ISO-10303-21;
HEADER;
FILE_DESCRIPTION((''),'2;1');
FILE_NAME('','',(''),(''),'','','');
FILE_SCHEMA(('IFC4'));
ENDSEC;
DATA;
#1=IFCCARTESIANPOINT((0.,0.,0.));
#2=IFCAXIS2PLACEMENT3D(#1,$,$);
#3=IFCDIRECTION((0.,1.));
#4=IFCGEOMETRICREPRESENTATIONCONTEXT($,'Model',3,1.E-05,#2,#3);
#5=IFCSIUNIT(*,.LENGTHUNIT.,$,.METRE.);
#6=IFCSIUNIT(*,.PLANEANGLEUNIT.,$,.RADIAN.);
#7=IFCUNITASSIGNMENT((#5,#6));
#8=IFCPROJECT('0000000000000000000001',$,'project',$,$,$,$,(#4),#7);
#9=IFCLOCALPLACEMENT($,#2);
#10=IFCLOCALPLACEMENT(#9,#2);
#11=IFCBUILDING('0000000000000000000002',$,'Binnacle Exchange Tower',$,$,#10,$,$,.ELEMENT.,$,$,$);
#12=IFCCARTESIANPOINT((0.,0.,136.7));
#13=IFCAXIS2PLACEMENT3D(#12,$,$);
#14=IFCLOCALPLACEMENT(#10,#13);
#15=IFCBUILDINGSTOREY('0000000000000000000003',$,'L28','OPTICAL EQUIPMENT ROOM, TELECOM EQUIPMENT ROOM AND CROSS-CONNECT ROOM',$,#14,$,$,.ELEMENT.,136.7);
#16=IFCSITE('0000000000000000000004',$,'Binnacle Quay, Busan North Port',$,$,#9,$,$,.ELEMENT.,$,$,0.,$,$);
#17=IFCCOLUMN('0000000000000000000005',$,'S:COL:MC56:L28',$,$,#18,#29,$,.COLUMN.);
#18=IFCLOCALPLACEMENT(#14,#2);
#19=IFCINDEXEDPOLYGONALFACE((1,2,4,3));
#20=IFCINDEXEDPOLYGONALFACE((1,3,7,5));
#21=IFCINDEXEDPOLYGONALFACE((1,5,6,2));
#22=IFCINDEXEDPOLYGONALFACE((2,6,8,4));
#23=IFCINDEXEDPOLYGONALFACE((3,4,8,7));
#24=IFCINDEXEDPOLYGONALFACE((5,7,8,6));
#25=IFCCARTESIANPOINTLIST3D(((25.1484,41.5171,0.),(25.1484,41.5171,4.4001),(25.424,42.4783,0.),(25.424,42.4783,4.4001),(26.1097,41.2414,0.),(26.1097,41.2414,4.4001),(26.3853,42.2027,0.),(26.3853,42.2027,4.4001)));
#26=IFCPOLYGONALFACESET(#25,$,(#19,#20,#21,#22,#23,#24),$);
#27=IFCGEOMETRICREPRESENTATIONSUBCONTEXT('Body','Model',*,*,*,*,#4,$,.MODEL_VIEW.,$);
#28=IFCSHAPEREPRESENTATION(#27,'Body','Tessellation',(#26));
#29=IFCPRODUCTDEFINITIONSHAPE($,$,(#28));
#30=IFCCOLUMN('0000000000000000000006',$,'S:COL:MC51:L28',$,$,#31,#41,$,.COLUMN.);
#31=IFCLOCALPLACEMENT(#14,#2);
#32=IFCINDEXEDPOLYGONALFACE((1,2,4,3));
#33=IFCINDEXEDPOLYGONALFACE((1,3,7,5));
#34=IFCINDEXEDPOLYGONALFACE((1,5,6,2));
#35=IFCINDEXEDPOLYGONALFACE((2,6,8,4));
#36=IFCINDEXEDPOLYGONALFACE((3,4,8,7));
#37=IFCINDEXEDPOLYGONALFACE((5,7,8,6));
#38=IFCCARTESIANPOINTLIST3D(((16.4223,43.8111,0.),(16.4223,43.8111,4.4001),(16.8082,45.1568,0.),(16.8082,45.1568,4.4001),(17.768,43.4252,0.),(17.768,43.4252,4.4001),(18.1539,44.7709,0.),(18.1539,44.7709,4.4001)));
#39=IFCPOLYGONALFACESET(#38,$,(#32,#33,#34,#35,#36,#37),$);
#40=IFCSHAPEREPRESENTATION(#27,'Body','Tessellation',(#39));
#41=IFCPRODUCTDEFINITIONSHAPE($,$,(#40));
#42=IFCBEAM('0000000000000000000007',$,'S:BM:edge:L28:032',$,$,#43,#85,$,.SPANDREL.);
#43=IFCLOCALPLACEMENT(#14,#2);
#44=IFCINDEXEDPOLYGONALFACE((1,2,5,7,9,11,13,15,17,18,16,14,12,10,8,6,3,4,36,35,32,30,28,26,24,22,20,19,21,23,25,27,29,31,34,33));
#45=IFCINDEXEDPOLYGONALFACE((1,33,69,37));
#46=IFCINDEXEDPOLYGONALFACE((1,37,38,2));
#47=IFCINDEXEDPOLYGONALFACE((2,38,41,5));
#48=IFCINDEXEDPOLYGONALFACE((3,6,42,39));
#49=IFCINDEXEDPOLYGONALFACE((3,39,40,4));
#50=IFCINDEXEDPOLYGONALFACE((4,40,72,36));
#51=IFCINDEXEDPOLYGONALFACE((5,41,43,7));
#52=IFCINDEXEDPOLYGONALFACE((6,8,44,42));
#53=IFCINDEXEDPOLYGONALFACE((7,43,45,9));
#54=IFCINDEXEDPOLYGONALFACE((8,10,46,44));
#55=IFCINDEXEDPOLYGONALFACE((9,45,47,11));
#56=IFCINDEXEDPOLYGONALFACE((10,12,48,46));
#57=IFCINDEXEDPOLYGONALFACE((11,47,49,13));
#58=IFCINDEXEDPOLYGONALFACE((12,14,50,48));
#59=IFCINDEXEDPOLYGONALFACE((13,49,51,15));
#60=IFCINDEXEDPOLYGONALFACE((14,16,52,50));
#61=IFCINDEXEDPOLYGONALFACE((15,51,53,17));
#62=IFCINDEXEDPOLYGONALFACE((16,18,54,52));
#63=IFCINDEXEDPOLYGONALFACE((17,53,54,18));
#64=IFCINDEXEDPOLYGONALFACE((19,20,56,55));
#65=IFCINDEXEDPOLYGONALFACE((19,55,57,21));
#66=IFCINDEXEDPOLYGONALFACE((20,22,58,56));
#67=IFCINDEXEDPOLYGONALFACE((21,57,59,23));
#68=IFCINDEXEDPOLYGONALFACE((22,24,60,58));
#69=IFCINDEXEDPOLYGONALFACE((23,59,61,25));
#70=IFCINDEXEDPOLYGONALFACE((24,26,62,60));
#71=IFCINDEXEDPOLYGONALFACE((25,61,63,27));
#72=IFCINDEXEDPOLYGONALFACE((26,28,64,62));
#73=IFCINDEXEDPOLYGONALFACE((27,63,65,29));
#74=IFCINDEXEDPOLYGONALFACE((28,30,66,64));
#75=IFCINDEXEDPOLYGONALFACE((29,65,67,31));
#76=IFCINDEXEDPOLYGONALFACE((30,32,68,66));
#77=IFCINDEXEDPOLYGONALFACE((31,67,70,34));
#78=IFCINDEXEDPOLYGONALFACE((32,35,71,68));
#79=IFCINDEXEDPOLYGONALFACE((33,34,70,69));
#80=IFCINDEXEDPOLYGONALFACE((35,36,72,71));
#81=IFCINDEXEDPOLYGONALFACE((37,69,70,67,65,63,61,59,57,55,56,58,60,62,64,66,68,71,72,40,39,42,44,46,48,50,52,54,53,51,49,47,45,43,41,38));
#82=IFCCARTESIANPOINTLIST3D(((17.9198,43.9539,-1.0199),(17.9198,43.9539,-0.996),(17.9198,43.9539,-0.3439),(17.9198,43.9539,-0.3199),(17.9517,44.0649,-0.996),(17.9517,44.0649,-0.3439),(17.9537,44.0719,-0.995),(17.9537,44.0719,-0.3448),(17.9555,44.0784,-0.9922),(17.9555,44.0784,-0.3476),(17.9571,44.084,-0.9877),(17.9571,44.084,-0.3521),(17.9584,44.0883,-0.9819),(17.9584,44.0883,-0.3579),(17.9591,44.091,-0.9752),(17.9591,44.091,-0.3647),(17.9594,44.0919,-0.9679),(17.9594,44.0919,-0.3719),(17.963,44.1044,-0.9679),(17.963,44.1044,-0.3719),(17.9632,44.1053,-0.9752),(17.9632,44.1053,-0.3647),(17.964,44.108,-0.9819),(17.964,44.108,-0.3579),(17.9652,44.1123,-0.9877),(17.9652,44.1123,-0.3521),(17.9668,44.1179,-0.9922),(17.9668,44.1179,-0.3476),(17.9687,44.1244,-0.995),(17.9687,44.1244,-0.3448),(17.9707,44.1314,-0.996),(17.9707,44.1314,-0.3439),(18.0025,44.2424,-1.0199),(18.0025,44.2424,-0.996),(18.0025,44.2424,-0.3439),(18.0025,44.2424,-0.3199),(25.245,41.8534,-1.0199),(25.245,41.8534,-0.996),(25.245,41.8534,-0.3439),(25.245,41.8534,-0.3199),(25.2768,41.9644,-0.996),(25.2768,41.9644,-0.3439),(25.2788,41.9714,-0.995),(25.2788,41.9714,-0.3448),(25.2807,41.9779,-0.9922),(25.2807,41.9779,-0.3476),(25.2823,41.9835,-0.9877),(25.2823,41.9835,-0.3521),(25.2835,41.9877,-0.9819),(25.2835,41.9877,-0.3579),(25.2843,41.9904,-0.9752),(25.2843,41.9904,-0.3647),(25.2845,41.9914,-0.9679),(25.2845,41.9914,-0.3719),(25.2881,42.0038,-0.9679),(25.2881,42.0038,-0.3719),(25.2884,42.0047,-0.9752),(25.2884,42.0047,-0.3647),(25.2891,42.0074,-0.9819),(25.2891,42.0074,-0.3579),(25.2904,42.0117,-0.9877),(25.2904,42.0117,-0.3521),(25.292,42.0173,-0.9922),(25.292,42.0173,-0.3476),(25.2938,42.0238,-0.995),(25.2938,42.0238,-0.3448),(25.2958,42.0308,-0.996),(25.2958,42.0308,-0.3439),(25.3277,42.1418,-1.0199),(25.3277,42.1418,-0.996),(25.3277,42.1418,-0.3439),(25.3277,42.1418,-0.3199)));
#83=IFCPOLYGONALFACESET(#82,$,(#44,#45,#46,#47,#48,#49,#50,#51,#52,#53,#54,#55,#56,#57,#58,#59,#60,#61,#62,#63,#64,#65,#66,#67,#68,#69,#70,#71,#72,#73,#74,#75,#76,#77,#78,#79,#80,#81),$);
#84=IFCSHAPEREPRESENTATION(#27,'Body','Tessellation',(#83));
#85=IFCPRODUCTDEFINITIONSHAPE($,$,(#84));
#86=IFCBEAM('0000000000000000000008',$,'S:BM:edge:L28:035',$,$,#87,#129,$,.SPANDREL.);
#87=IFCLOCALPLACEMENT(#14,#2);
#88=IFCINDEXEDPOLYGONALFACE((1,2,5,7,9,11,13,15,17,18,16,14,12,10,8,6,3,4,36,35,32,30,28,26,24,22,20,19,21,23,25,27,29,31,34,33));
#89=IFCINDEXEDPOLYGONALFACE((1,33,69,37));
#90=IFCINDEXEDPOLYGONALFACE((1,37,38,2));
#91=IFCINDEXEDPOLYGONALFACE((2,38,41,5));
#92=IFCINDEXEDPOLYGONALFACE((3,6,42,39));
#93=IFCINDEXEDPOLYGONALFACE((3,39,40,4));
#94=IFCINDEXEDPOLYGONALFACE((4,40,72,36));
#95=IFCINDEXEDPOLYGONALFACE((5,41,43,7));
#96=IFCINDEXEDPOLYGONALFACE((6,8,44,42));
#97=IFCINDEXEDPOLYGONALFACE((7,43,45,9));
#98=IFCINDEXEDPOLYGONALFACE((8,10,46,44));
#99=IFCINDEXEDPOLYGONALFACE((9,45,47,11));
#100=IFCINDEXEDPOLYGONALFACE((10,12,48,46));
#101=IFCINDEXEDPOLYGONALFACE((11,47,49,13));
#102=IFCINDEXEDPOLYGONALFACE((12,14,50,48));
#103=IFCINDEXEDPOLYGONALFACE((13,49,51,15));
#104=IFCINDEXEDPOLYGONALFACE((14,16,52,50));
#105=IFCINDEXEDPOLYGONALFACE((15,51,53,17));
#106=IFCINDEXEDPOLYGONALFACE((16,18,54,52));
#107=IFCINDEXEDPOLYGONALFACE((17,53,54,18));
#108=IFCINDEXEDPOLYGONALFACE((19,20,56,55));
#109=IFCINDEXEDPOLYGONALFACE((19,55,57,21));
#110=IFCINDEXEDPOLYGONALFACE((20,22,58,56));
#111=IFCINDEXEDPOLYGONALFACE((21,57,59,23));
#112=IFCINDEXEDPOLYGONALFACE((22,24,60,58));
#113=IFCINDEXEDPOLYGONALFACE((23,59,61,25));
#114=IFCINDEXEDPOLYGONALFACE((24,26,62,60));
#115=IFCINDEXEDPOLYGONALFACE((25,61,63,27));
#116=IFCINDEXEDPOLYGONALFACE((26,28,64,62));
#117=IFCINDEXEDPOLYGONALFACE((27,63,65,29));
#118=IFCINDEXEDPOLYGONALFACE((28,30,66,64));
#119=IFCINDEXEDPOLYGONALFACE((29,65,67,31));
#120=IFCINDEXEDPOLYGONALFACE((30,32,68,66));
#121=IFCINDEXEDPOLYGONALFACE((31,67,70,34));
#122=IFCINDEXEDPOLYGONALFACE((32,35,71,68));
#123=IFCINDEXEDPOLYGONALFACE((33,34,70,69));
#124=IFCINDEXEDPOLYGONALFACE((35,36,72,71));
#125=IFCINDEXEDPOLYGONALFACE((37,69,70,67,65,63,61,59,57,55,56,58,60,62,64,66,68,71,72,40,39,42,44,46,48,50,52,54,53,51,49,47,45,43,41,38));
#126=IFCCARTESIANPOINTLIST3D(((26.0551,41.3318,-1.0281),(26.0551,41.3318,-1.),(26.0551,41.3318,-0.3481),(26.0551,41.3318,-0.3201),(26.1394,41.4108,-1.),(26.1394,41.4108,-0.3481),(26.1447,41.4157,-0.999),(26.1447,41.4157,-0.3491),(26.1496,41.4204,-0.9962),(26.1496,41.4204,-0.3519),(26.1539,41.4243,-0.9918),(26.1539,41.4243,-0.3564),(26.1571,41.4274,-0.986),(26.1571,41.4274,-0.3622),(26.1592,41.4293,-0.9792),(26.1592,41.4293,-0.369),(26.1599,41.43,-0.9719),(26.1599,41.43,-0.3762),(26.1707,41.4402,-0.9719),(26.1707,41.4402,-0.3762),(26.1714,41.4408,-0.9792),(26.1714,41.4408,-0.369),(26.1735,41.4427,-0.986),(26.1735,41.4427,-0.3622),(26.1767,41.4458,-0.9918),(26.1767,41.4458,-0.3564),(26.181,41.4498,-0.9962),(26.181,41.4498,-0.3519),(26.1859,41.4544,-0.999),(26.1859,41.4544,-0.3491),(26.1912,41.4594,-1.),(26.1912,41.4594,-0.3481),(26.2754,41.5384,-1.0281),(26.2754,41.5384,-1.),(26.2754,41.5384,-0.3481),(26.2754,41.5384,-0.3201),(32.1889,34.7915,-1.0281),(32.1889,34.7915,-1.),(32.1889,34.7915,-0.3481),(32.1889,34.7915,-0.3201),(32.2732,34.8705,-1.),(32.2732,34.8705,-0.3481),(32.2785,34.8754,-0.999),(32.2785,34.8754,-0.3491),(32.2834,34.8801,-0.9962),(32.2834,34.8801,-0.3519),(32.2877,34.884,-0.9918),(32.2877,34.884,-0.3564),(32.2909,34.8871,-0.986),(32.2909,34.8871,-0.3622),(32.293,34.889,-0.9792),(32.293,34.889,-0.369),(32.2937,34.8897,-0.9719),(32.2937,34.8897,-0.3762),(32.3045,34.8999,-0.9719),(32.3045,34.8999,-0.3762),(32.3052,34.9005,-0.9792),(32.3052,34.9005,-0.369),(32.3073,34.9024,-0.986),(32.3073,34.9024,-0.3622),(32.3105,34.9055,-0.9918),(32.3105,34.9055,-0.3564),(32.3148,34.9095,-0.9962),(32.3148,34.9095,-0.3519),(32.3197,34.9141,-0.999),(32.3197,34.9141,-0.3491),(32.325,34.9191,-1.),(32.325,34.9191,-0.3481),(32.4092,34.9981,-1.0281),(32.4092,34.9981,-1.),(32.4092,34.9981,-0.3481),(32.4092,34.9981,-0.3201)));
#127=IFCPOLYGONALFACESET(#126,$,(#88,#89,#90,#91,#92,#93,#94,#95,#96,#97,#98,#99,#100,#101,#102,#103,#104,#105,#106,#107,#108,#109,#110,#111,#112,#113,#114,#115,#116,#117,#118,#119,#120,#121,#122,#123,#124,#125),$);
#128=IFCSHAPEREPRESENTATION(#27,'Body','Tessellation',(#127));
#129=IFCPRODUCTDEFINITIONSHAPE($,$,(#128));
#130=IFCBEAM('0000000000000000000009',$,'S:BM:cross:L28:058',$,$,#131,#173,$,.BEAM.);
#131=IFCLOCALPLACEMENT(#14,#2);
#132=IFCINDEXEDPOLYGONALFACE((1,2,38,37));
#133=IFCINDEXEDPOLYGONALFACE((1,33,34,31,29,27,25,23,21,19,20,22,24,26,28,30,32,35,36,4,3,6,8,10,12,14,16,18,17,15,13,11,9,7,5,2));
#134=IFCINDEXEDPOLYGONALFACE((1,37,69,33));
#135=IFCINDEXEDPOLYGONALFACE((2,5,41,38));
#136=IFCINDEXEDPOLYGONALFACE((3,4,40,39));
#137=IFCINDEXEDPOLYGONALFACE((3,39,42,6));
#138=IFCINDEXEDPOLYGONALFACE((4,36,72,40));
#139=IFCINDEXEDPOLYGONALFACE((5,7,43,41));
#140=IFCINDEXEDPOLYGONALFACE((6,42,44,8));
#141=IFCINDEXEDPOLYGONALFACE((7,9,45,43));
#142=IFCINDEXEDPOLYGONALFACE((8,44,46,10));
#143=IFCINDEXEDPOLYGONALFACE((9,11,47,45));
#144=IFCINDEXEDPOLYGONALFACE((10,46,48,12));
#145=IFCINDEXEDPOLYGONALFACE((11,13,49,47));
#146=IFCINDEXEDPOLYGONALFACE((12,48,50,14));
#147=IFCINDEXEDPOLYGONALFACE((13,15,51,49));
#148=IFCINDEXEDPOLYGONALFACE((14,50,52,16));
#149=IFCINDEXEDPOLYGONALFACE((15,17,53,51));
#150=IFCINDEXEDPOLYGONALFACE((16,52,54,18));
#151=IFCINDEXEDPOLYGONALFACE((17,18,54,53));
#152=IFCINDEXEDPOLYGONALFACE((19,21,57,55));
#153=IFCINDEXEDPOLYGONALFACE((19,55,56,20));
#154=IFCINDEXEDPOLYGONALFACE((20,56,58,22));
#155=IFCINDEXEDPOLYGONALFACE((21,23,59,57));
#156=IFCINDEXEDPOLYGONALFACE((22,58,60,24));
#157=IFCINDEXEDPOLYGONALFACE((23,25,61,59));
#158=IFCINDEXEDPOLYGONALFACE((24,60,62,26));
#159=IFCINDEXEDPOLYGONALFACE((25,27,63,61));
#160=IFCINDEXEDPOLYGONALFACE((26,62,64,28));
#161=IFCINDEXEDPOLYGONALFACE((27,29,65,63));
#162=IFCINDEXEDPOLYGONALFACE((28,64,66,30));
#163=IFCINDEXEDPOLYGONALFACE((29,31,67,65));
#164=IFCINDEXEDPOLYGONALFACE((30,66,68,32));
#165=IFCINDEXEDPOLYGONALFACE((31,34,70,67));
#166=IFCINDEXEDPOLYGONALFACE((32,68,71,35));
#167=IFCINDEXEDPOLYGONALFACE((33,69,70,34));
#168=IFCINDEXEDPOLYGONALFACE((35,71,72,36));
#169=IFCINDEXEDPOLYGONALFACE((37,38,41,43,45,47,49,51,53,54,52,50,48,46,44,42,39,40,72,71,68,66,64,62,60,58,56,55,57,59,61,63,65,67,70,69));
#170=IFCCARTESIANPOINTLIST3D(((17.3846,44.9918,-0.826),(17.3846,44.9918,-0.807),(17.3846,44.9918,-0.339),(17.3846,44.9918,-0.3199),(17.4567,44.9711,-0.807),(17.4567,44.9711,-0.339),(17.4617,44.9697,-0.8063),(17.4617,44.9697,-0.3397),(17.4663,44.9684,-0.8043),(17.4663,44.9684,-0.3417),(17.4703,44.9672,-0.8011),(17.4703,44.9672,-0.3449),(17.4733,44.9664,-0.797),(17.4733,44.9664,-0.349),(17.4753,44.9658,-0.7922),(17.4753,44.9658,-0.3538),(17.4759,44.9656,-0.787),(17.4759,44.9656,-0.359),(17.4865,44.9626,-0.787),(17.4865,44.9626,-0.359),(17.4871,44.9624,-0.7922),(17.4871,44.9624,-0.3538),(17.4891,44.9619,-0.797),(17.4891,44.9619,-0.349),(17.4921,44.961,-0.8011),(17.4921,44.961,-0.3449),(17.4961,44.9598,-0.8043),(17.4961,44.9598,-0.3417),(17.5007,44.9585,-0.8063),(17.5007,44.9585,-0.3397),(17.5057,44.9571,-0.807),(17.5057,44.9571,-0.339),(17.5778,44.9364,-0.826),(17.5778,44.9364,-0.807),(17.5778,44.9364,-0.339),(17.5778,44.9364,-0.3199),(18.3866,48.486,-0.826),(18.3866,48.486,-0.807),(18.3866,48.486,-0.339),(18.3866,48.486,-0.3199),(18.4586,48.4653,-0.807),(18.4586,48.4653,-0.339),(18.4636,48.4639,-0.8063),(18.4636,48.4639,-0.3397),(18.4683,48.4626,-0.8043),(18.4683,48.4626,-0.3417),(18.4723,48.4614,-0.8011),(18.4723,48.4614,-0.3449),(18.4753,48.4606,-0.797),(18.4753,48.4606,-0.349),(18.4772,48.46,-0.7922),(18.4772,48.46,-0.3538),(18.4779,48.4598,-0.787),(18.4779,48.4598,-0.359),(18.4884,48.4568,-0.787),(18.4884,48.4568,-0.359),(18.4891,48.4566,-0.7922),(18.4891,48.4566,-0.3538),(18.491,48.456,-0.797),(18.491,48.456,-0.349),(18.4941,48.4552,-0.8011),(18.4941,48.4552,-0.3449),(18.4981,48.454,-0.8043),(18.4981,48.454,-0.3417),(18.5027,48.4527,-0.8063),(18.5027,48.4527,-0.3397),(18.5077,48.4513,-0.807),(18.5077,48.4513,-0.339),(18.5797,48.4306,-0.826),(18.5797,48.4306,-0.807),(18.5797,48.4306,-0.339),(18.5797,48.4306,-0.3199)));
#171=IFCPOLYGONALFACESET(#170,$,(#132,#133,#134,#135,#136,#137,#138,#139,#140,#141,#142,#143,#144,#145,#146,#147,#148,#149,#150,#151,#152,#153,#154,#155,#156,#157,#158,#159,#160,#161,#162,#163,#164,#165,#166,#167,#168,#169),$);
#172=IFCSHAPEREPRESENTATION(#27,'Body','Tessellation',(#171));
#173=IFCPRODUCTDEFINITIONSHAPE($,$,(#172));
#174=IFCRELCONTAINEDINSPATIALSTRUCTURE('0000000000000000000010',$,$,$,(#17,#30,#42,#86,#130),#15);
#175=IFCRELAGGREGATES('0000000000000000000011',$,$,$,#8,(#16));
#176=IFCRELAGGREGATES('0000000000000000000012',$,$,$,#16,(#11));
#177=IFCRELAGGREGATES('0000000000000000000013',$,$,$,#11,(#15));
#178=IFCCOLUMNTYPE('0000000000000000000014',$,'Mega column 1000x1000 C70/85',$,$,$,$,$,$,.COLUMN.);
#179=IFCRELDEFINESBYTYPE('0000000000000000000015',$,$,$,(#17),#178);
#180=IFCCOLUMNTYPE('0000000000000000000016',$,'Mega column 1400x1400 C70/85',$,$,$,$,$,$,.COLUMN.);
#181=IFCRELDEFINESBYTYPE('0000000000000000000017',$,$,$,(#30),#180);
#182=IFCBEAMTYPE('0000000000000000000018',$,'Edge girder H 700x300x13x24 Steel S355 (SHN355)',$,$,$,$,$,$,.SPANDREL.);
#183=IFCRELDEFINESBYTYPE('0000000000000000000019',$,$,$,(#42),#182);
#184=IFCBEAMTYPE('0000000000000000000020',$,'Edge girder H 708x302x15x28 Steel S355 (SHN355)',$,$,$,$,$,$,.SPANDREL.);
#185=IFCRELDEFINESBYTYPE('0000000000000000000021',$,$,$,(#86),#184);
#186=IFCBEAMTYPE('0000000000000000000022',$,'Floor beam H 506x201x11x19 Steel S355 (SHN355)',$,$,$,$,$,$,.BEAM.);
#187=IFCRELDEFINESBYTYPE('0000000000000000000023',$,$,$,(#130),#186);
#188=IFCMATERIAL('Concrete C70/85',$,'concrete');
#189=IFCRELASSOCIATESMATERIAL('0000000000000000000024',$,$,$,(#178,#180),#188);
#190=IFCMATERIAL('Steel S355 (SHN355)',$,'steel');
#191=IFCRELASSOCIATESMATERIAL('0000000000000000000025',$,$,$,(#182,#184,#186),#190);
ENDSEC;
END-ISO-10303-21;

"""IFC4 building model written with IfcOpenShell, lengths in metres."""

from ifc_helpers import new_model, si_unit, direction, frame, origin, origin_2d, place, context, subcontext, project, spatial, rectangle, i_section, extrude, material, material_profile, profile_set, type_object, element, save


model = new_model("IFC4")

# Units and contexts
model_context = context("Model", 3, precision=1e-05, world=origin(), true_north=direction((0.0, 1.0)))
body_context = subcontext(model_context, "Body", "Model", "MODEL_VIEW")
ifc_project = project(units=[si_unit("LENGTHUNIT", "METRE"), si_unit("PLANEANGLEUNIT", "RADIAN")], contexts=[model_context])

# Site, building, storey
site_placement = place(None, origin())
site = spatial("IfcSite", under=ifc_project, at=site_placement, Name="Binnacle Quay, Busan North Port", CompositionType="ELEMENT", RefElevation=0.0)
building_placement = place(site_placement, origin())
building = spatial("IfcBuilding", under=site, at=building_placement, Name="Binnacle Exchange Tower", CompositionType="ELEMENT")
storey_placement = place(building_placement, frame((0.0, 0.0, 136.7)))
storey = spatial("IfcBuildingStorey", under=building, at=storey_placement, Name="L28", Description="OPTICAL EQUIPMENT ROOM, TELECOM EQUIPMENT ROOM AND CROSS-CONNECT ROOM", CompositionType="ELEMENT", Elevation=136.7)

# Columns
ifc_material_1 = material(Name="Concrete C70/85", Category="concrete")
ifc_material_profile_1 = material_profile(ifc_material_1, rectangle(XDim=1.0, YDim=1.0, at=origin_2d()), Name="Mega column 1000x1000 C70/85")
ifc_profile_set_1 = profile_set([ifc_material_profile_1], Name="Concrete C70/85")
column_type_1 = type_object("IfcColumnType", Name="Mega column 1000x1000 C70/85", PredefinedType="COLUMN", material=ifc_profile_set_1)
column_1_placement = place(storey_placement, frame((25.7668, 41.8599, 0.0), z_axis=(0.0, 0.0, 1.0), x_axis=(0.961262, -0.275637, 0.0)))
element("IfcColumn", 1, at=column_1_placement, inside=storey, type_object=column_type_1, Name="S:COL:MC56:L28", PredefinedType="COLUMN", context=body_context, shape_type="SweptSolid", body=[
    extrude(rectangle(XDim=1.0, YDim=1.0, at=origin_2d()), origin(), (0.0, 0.0, 1.0), 4.4001),
])
ifc_material_profile_2 = material_profile(ifc_material_1, rectangle(XDim=1.3999, YDim=1.3999, at=origin_2d()), Name="Mega column 1400x1400 C70/85")
ifc_profile_set_2 = profile_set([ifc_material_profile_2], Name="Concrete C70/85")
column_type_2 = type_object("IfcColumnType", Name="Mega column 1400x1400 C70/85", PredefinedType="COLUMN", material=ifc_profile_set_2)
column_2_placement = place(storey_placement, frame((17.2881, 44.291, 0.0), z_axis=(0.0, 0.0, 1.0), x_axis=(0.961262, -0.275637, 0.0)))
element("IfcColumn", 2, at=column_2_placement, inside=storey, type_object=column_type_2, Name="S:COL:MC51:L28", PredefinedType="COLUMN", context=body_context, shape_type="SweptSolid", body=[
    extrude(rectangle(XDim=1.3999, YDim=1.3999, at=origin_2d()), origin(), (0.0, 0.0, 1.0), 4.4001),
])

# Beams
ifc_material_2 = material(Name="Steel S355 (SHN355)", Category="steel")
ifc_material_profile_3 = material_profile(ifc_material_2, i_section(OverallWidth=0.3, OverallDepth=0.7, WebThickness=0.0129, FlangeThickness=0.0239, FilletRadius=0.0281, at=origin_2d()), Name="H 700x300x13x24")
ifc_profile_set_3 = profile_set([ifc_material_profile_3], Name="Steel S355 (SHN355)")
beam_type_1 = type_object("IfcBeamType", Name="Edge girder H 700x300x13x24 Steel S355 (SHN355)", PredefinedType="SPANDREL", material=ifc_profile_set_3)
beam_1_placement = place(storey_placement, frame((17.9612, 44.0981, -0.6699), z_axis=(0.961258, -0.275652, 0.0), x_axis=(0.275652, 0.961258, 0.0)))
element("IfcBeam", 3, at=beam_1_placement, inside=storey, type_object=beam_type_1, Name="S:BM:edge:L28:032", PredefinedType="SPANDREL", context=body_context, shape_type="SweptSolid", body=[
    extrude(i_section(OverallWidth=0.3, OverallDepth=0.7, WebThickness=0.0129, FlangeThickness=0.0239, FilletRadius=0.0281, at=origin_2d()), origin(), (0.0, 0.0, 1.0), 7.6204),
])
ifc_material_profile_4 = material_profile(ifc_material_2, i_section(OverallWidth=0.302, OverallDepth=0.708, WebThickness=0.0149, FlangeThickness=0.0281, FilletRadius=0.0281, at=origin_2d()), Name="H 708x302x15x28")
ifc_profile_set_4 = profile_set([ifc_material_profile_4], Name="Steel S355 (SHN355)")
beam_type_2 = type_object("IfcBeamType", Name="Edge girder H 708x302x15x28 Steel S355 (SHN355)", PredefinedType="SPANDREL", material=ifc_profile_set_4)
beam_2_placement = place(storey_placement, frame((26.1653, 41.4351, -0.6741), z_axis=(0.684076, -0.729411, 0.0), x_axis=(0.729411, 0.684076, 0.0)))
element("IfcBeam", 4, at=beam_2_placement, inside=storey, type_object=beam_type_2, Name="S:BM:edge:L28:035", PredefinedType="SPANDREL", context=body_context, shape_type="SweptSolid", body=[
    extrude(i_section(OverallWidth=0.302, OverallDepth=0.708, WebThickness=0.0149, FlangeThickness=0.0281, FilletRadius=0.0281, at=origin_2d()), origin(), (0.0, 0.0, 1.0), 8.9666),
])
ifc_material_profile_5 = material_profile(ifc_material_2, i_section(OverallWidth=0.2009, OverallDepth=0.5061, WebThickness=0.011, FlangeThickness=0.019, FilletRadius=0.02, at=origin_2d()), Name="H 506x201x11x19")
ifc_profile_set_5 = profile_set([ifc_material_profile_5], Name="Steel S355 (SHN355)")
beam_type_3 = type_object("IfcBeamType", Name="Floor beam H 506x201x11x19 Steel S355 (SHN355)", PredefinedType="BEAM", material=ifc_profile_set_5)
beam_3_placement = place(storey_placement, frame((17.4812, 44.9641, -0.573), z_axis=(0.275644, 0.96126, 0.0), x_axis=(-0.96126, 0.275644, 0.0)))
element("IfcBeam", 5, at=beam_3_placement, inside=storey, type_object=beam_type_3, Name="S:BM:cross:L28:058", PredefinedType="BEAM", context=body_context, shape_type="SweptSolid", body=[
    extrude(i_section(OverallWidth=0.2009, OverallDepth=0.5061, WebThickness=0.011, FlangeThickness=0.019, FilletRadius=0.02, at=origin_2d()), origin(), (0.0, 0.0, 1.0), 3.635),
])

save(model, "model.ifc")
